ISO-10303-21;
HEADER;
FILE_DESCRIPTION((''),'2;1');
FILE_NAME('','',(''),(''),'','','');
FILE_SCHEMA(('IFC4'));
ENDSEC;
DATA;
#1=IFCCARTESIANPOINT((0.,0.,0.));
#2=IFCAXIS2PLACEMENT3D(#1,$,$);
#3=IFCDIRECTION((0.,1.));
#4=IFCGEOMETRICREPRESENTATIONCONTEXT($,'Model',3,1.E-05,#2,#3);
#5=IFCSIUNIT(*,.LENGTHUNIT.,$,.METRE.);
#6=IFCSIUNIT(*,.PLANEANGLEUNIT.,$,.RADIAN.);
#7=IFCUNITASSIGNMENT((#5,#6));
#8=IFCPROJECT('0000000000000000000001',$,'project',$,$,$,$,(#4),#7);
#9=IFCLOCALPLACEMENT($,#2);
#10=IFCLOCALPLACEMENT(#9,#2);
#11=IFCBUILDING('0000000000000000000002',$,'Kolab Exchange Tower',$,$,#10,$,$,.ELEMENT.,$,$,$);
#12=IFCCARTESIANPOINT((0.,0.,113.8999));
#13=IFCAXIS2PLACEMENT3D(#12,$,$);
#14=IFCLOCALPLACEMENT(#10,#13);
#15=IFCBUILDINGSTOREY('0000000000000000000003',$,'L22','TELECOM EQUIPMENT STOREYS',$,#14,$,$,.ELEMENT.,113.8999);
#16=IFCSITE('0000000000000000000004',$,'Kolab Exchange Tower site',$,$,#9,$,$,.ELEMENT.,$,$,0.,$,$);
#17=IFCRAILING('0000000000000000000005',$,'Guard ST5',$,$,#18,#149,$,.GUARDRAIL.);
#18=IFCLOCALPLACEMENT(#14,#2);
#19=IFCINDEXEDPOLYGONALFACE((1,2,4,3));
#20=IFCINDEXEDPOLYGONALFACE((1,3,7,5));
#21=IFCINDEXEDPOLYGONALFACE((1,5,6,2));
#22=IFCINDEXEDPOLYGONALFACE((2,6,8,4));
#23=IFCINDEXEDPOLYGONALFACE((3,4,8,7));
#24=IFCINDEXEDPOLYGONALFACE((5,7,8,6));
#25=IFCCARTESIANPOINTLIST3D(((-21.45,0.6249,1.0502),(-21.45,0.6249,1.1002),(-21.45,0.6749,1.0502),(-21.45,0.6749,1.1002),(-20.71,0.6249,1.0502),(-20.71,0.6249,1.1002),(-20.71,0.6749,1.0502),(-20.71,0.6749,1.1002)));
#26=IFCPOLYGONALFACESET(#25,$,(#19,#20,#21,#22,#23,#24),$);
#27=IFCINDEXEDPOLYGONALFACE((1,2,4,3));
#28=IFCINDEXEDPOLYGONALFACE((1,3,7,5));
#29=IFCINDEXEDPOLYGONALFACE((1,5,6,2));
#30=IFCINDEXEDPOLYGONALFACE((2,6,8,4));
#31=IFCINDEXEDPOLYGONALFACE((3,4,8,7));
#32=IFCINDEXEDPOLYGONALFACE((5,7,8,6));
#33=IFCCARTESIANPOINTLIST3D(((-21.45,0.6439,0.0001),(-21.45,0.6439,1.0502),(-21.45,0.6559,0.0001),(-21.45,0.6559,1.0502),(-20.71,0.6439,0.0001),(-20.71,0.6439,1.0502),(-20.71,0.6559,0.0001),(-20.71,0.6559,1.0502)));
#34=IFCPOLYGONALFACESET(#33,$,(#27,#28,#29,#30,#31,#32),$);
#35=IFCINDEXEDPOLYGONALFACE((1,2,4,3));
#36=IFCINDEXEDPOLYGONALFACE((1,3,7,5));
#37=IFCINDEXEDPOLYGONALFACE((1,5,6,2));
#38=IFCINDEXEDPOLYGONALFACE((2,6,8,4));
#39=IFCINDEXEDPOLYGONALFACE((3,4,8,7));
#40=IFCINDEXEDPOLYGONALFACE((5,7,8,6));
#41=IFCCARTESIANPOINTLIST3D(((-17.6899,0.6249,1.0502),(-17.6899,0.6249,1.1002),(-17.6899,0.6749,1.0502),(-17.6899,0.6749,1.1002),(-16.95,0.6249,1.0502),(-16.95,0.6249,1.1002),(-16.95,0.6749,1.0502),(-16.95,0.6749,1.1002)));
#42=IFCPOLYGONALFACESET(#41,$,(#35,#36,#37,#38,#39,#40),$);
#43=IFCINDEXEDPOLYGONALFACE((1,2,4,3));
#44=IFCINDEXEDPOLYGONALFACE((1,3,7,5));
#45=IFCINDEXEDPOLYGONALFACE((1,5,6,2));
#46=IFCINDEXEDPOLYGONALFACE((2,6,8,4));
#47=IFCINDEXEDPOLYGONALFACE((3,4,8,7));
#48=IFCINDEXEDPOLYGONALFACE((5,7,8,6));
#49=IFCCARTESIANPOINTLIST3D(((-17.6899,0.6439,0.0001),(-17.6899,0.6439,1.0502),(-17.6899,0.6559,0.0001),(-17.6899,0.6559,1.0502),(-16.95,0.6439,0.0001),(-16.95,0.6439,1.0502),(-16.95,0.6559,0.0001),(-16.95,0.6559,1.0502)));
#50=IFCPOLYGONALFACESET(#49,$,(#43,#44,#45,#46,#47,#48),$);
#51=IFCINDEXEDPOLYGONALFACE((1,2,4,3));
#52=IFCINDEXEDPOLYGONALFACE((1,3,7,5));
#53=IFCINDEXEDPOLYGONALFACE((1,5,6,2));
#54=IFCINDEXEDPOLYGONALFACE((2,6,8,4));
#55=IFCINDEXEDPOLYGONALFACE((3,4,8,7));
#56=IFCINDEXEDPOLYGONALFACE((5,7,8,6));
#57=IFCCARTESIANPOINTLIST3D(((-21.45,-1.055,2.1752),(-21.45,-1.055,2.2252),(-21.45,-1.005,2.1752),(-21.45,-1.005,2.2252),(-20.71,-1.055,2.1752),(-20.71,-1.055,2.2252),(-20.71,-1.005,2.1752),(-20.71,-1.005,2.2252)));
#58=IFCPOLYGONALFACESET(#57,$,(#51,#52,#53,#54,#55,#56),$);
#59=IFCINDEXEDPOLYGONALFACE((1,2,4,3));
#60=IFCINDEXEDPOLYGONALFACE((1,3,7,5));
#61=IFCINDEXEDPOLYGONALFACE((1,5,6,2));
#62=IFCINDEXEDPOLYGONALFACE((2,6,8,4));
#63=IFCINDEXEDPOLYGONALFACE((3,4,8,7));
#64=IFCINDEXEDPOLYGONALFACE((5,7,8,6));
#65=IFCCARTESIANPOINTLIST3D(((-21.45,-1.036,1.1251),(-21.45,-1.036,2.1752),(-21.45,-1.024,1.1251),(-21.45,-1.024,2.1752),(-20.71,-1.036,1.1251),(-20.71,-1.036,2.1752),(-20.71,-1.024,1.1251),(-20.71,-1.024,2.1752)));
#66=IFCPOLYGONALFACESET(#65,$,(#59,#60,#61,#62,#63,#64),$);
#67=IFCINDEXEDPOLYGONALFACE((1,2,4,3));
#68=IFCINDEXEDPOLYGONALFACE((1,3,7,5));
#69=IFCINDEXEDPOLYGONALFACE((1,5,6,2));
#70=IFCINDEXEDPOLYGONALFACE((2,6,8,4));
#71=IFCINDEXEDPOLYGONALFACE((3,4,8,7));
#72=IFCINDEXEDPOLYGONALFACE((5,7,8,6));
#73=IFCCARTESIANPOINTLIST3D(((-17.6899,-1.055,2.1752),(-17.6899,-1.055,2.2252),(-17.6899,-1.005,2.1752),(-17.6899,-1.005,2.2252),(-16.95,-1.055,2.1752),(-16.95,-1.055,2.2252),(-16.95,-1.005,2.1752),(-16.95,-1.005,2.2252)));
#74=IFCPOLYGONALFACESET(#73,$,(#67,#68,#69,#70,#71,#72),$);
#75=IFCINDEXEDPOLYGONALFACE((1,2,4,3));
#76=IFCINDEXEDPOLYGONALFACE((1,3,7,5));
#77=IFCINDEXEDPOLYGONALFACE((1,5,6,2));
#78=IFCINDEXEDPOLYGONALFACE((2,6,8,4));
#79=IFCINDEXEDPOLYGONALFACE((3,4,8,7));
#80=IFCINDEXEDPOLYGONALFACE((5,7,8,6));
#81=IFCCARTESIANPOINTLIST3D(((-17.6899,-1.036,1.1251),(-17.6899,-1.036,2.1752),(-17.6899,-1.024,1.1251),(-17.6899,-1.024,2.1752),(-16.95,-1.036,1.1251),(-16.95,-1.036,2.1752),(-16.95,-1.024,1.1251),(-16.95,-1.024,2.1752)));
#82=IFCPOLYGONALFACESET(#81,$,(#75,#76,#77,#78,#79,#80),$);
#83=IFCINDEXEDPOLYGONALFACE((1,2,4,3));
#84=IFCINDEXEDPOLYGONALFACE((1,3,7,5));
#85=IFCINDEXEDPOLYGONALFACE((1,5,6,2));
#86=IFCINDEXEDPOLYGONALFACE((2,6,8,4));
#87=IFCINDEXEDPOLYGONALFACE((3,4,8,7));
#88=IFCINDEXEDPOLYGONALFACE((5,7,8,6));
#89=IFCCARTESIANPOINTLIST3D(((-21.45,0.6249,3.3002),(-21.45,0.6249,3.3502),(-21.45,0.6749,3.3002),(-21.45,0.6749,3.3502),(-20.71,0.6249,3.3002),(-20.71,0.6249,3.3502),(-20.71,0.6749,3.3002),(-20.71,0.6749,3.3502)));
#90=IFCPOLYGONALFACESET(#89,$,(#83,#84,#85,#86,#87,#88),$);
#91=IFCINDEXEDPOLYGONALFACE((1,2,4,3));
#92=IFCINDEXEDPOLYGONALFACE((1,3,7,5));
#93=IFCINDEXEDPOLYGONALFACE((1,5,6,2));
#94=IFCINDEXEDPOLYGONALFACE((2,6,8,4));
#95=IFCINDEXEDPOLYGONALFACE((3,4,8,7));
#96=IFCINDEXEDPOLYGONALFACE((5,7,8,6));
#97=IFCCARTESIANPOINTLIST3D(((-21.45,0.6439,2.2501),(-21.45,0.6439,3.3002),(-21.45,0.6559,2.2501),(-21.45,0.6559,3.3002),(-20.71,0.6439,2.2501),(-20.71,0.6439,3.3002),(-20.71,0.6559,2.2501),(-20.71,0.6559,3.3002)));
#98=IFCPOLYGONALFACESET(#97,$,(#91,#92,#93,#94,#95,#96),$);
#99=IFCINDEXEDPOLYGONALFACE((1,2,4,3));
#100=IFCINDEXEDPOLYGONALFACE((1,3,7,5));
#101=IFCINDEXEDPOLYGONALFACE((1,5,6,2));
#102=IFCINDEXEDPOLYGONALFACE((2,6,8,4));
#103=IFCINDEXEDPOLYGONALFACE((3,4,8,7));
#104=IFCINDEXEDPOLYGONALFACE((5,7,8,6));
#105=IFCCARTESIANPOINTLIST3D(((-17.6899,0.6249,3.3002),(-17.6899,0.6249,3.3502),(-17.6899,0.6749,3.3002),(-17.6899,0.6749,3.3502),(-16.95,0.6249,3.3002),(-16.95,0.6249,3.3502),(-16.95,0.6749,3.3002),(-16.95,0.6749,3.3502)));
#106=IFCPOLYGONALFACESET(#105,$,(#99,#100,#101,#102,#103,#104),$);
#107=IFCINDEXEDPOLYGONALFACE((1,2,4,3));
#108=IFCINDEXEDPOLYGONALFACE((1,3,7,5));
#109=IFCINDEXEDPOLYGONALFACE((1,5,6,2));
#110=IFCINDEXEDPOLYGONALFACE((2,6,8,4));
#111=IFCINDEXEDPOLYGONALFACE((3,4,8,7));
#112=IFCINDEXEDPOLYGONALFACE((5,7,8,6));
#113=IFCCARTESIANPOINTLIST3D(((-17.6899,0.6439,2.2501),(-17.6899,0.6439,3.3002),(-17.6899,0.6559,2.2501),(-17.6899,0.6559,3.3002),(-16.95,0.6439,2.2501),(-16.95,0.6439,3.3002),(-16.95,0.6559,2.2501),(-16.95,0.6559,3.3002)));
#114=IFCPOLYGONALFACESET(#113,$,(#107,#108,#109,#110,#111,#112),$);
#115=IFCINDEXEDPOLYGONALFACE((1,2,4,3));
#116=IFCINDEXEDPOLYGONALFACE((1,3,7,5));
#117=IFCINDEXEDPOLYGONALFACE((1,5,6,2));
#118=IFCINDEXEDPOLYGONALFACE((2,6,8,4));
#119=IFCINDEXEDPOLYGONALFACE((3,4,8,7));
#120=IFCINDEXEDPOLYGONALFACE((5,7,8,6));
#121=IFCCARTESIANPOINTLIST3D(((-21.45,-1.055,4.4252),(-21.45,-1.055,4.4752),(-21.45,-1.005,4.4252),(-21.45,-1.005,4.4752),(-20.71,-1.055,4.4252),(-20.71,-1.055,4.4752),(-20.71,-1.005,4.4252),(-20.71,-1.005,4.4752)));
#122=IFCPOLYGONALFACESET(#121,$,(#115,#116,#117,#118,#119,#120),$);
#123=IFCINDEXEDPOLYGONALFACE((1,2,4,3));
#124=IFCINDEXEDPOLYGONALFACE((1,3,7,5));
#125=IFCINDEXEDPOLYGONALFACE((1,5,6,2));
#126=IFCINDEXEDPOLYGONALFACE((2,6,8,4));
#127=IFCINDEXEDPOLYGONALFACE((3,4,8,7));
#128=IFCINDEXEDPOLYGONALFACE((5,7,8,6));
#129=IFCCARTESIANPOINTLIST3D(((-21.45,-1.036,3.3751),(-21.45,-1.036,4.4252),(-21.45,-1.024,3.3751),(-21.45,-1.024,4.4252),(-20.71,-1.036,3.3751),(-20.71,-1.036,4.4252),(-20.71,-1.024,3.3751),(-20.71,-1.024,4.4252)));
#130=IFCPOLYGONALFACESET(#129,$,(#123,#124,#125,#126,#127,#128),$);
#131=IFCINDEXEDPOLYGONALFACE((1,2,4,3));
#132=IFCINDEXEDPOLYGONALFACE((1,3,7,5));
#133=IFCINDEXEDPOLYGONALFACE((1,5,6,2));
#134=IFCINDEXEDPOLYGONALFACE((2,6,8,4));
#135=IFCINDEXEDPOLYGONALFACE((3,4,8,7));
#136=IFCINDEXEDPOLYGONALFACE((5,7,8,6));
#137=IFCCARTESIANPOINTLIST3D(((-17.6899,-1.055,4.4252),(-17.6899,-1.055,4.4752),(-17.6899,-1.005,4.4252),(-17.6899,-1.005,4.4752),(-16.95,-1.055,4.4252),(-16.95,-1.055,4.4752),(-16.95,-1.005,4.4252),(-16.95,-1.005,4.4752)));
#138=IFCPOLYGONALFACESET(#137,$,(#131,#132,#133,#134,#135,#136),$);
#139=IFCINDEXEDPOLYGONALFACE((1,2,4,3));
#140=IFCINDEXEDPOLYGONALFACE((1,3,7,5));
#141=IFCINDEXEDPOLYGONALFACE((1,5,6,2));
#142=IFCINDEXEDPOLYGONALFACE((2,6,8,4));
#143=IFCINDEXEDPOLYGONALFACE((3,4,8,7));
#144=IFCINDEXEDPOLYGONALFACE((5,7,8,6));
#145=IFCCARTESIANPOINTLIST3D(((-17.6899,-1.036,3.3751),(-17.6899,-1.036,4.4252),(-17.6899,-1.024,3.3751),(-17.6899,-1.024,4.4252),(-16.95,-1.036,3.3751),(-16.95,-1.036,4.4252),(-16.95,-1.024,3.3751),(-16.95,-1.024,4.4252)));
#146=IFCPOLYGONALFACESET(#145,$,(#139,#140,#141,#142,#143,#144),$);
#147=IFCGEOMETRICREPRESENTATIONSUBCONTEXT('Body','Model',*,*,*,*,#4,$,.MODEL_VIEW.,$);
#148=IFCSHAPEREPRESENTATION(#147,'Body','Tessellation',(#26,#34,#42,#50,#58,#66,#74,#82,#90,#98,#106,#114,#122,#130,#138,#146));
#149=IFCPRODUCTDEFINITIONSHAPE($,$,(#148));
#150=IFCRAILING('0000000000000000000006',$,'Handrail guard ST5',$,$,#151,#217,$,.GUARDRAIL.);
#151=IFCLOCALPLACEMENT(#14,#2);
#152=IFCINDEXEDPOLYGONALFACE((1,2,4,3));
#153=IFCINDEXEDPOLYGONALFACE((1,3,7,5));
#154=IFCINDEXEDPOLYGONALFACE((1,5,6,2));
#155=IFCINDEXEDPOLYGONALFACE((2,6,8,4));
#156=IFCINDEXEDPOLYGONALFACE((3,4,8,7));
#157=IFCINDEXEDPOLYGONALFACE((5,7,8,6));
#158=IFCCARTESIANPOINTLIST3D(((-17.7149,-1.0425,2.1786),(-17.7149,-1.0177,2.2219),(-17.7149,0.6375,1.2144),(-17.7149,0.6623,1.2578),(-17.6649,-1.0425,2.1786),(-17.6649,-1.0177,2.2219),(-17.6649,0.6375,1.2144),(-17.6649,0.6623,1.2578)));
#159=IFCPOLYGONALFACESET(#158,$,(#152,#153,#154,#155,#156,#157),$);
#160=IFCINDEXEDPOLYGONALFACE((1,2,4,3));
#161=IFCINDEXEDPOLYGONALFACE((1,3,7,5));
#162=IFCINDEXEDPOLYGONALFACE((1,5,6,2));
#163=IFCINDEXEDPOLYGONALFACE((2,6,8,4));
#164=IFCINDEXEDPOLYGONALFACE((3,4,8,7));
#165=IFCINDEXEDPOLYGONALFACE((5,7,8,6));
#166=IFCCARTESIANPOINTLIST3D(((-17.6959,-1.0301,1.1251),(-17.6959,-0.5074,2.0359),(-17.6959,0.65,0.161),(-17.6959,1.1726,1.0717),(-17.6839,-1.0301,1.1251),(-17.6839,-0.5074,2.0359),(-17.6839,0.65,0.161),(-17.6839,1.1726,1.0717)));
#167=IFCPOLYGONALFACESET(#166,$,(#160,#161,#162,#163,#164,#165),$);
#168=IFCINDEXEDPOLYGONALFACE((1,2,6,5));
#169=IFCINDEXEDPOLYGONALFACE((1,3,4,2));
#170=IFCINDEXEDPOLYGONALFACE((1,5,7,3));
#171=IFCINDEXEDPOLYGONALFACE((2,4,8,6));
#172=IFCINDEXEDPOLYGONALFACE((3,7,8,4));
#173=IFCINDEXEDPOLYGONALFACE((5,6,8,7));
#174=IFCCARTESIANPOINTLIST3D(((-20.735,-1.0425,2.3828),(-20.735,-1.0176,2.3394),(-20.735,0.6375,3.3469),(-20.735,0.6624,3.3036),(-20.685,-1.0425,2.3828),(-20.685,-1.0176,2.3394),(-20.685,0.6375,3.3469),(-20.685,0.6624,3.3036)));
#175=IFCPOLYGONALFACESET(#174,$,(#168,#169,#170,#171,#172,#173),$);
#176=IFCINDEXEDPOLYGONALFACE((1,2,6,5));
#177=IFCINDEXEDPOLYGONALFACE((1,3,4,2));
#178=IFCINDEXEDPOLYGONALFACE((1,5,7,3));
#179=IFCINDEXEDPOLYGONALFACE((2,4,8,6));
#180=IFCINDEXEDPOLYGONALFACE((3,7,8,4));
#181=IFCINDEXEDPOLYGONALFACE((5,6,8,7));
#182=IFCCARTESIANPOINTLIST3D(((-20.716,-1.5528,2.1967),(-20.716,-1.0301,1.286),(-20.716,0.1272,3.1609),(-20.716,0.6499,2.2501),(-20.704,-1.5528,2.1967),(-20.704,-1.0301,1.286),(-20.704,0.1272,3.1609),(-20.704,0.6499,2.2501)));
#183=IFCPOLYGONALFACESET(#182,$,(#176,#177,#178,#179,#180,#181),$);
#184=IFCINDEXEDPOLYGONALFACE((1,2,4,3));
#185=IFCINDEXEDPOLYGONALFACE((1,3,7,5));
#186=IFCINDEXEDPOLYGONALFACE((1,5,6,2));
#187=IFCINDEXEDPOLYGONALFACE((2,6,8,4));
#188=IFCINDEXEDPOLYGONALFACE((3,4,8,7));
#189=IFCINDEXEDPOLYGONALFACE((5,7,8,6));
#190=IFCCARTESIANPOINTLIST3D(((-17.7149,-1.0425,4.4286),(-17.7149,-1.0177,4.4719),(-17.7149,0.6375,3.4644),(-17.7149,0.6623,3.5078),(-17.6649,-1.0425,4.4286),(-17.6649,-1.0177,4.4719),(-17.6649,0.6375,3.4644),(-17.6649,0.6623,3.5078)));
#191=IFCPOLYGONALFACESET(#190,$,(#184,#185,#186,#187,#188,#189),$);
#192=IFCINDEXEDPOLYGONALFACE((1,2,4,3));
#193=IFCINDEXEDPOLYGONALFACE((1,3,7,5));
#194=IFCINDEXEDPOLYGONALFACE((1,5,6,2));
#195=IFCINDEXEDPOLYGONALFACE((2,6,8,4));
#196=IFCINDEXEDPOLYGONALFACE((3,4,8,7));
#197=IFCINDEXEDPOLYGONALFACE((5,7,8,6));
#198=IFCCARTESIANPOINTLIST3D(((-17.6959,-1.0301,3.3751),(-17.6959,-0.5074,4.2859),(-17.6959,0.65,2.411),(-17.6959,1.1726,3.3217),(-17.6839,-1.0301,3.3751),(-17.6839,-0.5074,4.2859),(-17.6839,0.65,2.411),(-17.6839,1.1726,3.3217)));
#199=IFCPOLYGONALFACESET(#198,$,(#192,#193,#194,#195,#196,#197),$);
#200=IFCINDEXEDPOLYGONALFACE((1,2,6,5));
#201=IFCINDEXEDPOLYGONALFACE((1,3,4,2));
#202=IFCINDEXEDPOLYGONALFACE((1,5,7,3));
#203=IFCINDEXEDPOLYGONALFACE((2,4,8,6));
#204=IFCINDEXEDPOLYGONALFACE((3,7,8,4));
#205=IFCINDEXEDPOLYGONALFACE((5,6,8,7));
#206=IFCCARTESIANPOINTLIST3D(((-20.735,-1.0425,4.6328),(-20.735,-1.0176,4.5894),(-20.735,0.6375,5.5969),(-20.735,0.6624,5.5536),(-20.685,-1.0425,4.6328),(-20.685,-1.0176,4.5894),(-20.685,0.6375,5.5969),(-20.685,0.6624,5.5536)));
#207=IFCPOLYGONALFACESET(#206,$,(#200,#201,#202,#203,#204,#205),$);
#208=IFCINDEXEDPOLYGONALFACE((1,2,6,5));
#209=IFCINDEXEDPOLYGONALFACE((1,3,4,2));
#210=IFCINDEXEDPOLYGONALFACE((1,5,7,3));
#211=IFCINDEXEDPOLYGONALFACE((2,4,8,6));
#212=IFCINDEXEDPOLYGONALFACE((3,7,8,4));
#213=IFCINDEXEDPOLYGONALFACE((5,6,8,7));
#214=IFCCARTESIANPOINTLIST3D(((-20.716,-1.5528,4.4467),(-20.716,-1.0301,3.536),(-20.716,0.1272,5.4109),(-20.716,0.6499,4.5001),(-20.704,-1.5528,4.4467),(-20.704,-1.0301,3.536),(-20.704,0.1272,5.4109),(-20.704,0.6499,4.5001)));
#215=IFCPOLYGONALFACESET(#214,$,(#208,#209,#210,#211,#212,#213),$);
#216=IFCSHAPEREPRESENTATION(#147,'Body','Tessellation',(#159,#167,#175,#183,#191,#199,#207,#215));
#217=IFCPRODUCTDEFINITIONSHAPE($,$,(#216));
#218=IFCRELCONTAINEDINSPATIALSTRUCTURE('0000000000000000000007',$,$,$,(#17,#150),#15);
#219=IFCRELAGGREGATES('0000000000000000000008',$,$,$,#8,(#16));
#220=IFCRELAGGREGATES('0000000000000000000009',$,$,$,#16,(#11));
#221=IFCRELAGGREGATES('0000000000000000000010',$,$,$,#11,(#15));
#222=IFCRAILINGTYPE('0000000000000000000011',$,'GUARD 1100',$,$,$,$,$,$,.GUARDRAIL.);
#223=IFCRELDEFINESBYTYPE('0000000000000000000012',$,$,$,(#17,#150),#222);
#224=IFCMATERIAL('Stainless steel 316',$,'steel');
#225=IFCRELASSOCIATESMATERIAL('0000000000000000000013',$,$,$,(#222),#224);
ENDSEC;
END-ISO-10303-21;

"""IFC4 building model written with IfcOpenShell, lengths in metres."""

from ifc_helpers import new_model, si_unit, direction, frame, frame_2d, origin, origin_2d, place, context, subcontext, project, spatial, rectangle, extrude, material, type_object, element, save


model = new_model("IFC4")

# Units and contexts
model_context = context("Model", 3, precision=1e-05, world=origin(), true_north=direction((0.0, 1.0)))
body_context = subcontext(model_context, "Body", "Model", "MODEL_VIEW")
ifc_project = project(units=[si_unit("LENGTHUNIT", "METRE"), si_unit("PLANEANGLEUNIT", "RADIAN")], contexts=[model_context])

# Site, building, storey
site_placement = place(None, origin())
site = spatial("IfcSite", under=ifc_project, at=site_placement, Name="Kolab Exchange Tower site", CompositionType="ELEMENT", RefElevation=0.0)
building_placement = place(site_placement, origin())
building = spatial("IfcBuilding", under=site, at=building_placement, Name="Kolab Exchange Tower", CompositionType="ELEMENT")
storey_placement = place(building_placement, frame((0.0, 0.0, 113.8999)))
storey = spatial("IfcBuildingStorey", under=building, at=storey_placement, Name="L22", Description="TELECOM EQUIPMENT STOREYS", CompositionType="ELEMENT", Elevation=113.8999)

# Railings
ifc_material_1 = material(Name="Stainless steel 316", Category="steel")
railing_type = type_object("IfcRailingType", Name="GUARD 1100", PredefinedType="GUARDRAIL", material=ifc_material_1)
railing_1_placement = place(storey_placement, frame((-21.45, 0.6499, 0.0)))
element("IfcRailing", 1, at=railing_1_placement, inside=storey, type_object=railing_type, Name="Guard ST5", PredefinedType="GUARDRAIL", context=body_context, shape_type="SweptSolid", body=[
    extrude(rectangle(XDim=0.05, YDim=0.05, at=origin_2d()), frame((0.0, 0.0, 1.0752), z_axis=(1.0, 0.0, 0.0), x_axis=(0.0, 1.0, 0.0)), (0.0, 0.0, 1.0), 0.74),
    extrude(rectangle(XDim=0.012, YDim=1.0501, at=frame_2d((0.0, 0.5251))), frame((0.0, 0.0, 0.0), z_axis=(1.0, 0.0, 0.0), x_axis=(0.0, 1.0, 0.0)), (0.0, 0.0, 1.0), 0.74),
    extrude(rectangle(XDim=0.05, YDim=0.05, at=origin_2d()), frame((3.76, 0.0, 1.0752), z_axis=(1.0, 0.0, 0.0), x_axis=(0.0, 1.0, 0.0)), (0.0, 0.0, 1.0), 0.74),
    extrude(rectangle(XDim=0.012, YDim=1.0501, at=frame_2d((0.0, 0.5251))), frame((3.76, 0.0, 0.0), z_axis=(1.0, 0.0, 0.0), x_axis=(0.0, 1.0, 0.0)), (0.0, 0.0, 1.0), 0.74),
    extrude(rectangle(XDim=0.05, YDim=0.05, at=origin_2d()), frame((0.0, -1.6799, 2.2002), z_axis=(1.0, 0.0, 0.0), x_axis=(0.0, 1.0, 0.0)), (0.0, 0.0, 1.0), 0.74),
    extrude(rectangle(XDim=0.012, YDim=1.0501, at=frame_2d((0.0, 0.5251))), frame((0.0, -1.6799, 1.125), z_axis=(1.0, 0.0, 0.0), x_axis=(0.0, 1.0, 0.0)), (0.0, 0.0, 1.0), 0.74),
    extrude(rectangle(XDim=0.05, YDim=0.05, at=origin_2d()), frame((3.76, -1.6799, 2.2002), z_axis=(1.0, 0.0, 0.0), x_axis=(0.0, 1.0, 0.0)), (0.0, 0.0, 1.0), 0.74),
    extrude(rectangle(XDim=0.012, YDim=1.0501, at=frame_2d((0.0, 0.5251))), frame((3.76, -1.6799, 1.125), z_axis=(1.0, 0.0, 0.0), x_axis=(0.0, 1.0, 0.0)), (0.0, 0.0, 1.0), 0.74),
    extrude(rectangle(XDim=0.05, YDim=0.05, at=origin_2d()), frame((0.0, 0.0, 3.3252), z_axis=(1.0, 0.0, 0.0), x_axis=(0.0, 1.0, 0.0)), (0.0, 0.0, 1.0), 0.74),
    extrude(rectangle(XDim=0.012, YDim=1.0501, at=frame_2d((0.0, 0.5251))), frame((0.0, 0.0, 2.25), z_axis=(1.0, 0.0, 0.0), x_axis=(0.0, 1.0, 0.0)), (0.0, 0.0, 1.0), 0.74),
    extrude(rectangle(XDim=0.05, YDim=0.05, at=origin_2d()), frame((3.76, 0.0, 3.3252), z_axis=(1.0, 0.0, 0.0), x_axis=(0.0, 1.0, 0.0)), (0.0, 0.0, 1.0), 0.74),
    extrude(rectangle(XDim=0.012, YDim=1.0501, at=frame_2d((0.0, 0.5251))), frame((3.76, 0.0, 2.25), z_axis=(1.0, 0.0, 0.0), x_axis=(0.0, 1.0, 0.0)), (0.0, 0.0, 1.0), 0.74),
    extrude(rectangle(XDim=0.05, YDim=0.05, at=origin_2d()), frame((0.0, -1.6799, 4.4502), z_axis=(1.0, 0.0, 0.0), x_axis=(0.0, 1.0, 0.0)), (0.0, 0.0, 1.0), 0.74),
    extrude(rectangle(XDim=0.012, YDim=1.0501, at=frame_2d((0.0, 0.5251))), frame((0.0, -1.6799, 3.375), z_axis=(1.0, 0.0, 0.0), x_axis=(0.0, 1.0, 0.0)), (0.0, 0.0, 1.0), 0.74),
    extrude(rectangle(XDim=0.05, YDim=0.05, at=origin_2d()), frame((3.76, -1.6799, 4.4502), z_axis=(1.0, 0.0, 0.0), x_axis=(0.0, 1.0, 0.0)), (0.0, 0.0, 1.0), 0.74),
    extrude(rectangle(XDim=0.012, YDim=1.0501, at=frame_2d((0.0, 0.5251))), frame((3.76, -1.6799, 3.375), z_axis=(1.0, 0.0, 0.0), x_axis=(0.0, 1.0, 0.0)), (0.0, 0.0, 1.0), 0.74),
])
railing_2_placement = place(storey_placement, frame((-17.6899, 0.6499, 0.1609)))
element("IfcRailing", 2, at=railing_2_placement, inside=storey, type_object=railing_type, Name="Handrail guard ST5", PredefinedType="GUARDRAIL", context=body_context, shape_type="SweptSolid", body=[
    extrude(rectangle(XDim=0.05, YDim=0.05, at=origin_2d()), frame((0.0, 0.0, 1.0752), z_axis=(0.0, -0.867319, 0.497753), x_axis=(1.0, 0.0, 0.0)), (0.0, 0.0, 1.0), 1.937),
    extrude(rectangle(XDim=0.012, YDim=1.0501, at=frame_2d((0.0, 0.5251))), frame((0.0, 0.0, 0.0), z_axis=(0.0, -0.867319, 0.497753), x_axis=(1.0, 0.0, 0.0)), (0.0, 0.0, 1.0), 1.937),
    extrude(rectangle(XDim=0.05, YDim=0.05, at=origin_2d()), frame((-3.02, -1.6799, 2.2002), z_axis=(0.0, 0.867319, 0.497753), x_axis=(-1.0, 0.0, 0.0)), (0.0, 0.0, 1.0), 1.937),
    extrude(rectangle(XDim=0.012, YDim=1.0501, at=frame_2d((0.0, 0.5251))), frame((-3.02, -1.6799, 1.125), z_axis=(0.0, 0.867319, 0.497753), x_axis=(-1.0, 0.0, 0.0)), (0.0, 0.0, 1.0), 1.937),
    extrude(rectangle(XDim=0.05, YDim=0.05, at=origin_2d()), frame((0.0, 0.0, 3.3252), z_axis=(0.0, -0.867319, 0.497753), x_axis=(1.0, 0.0, 0.0)), (0.0, 0.0, 1.0), 1.937),
    extrude(rectangle(XDim=0.012, YDim=1.0501, at=frame_2d((0.0, 0.5251))), frame((0.0, 0.0, 2.25), z_axis=(0.0, -0.867319, 0.497753), x_axis=(1.0, 0.0, 0.0)), (0.0, 0.0, 1.0), 1.937),
    extrude(rectangle(XDim=0.05, YDim=0.05, at=origin_2d()), frame((-3.02, -1.6799, 4.4502), z_axis=(0.0, 0.867319, 0.497753), x_axis=(-1.0, 0.0, 0.0)), (0.0, 0.0, 1.0), 1.937),
    extrude(rectangle(XDim=0.012, YDim=1.0501, at=frame_2d((0.0, 0.5251))), frame((-3.02, -1.6799, 3.375), z_axis=(0.0, 0.867319, 0.497753), x_axis=(-1.0, 0.0, 0.0)), (0.0, 0.0, 1.0), 1.937),
])

save(model, "model.ifc")
